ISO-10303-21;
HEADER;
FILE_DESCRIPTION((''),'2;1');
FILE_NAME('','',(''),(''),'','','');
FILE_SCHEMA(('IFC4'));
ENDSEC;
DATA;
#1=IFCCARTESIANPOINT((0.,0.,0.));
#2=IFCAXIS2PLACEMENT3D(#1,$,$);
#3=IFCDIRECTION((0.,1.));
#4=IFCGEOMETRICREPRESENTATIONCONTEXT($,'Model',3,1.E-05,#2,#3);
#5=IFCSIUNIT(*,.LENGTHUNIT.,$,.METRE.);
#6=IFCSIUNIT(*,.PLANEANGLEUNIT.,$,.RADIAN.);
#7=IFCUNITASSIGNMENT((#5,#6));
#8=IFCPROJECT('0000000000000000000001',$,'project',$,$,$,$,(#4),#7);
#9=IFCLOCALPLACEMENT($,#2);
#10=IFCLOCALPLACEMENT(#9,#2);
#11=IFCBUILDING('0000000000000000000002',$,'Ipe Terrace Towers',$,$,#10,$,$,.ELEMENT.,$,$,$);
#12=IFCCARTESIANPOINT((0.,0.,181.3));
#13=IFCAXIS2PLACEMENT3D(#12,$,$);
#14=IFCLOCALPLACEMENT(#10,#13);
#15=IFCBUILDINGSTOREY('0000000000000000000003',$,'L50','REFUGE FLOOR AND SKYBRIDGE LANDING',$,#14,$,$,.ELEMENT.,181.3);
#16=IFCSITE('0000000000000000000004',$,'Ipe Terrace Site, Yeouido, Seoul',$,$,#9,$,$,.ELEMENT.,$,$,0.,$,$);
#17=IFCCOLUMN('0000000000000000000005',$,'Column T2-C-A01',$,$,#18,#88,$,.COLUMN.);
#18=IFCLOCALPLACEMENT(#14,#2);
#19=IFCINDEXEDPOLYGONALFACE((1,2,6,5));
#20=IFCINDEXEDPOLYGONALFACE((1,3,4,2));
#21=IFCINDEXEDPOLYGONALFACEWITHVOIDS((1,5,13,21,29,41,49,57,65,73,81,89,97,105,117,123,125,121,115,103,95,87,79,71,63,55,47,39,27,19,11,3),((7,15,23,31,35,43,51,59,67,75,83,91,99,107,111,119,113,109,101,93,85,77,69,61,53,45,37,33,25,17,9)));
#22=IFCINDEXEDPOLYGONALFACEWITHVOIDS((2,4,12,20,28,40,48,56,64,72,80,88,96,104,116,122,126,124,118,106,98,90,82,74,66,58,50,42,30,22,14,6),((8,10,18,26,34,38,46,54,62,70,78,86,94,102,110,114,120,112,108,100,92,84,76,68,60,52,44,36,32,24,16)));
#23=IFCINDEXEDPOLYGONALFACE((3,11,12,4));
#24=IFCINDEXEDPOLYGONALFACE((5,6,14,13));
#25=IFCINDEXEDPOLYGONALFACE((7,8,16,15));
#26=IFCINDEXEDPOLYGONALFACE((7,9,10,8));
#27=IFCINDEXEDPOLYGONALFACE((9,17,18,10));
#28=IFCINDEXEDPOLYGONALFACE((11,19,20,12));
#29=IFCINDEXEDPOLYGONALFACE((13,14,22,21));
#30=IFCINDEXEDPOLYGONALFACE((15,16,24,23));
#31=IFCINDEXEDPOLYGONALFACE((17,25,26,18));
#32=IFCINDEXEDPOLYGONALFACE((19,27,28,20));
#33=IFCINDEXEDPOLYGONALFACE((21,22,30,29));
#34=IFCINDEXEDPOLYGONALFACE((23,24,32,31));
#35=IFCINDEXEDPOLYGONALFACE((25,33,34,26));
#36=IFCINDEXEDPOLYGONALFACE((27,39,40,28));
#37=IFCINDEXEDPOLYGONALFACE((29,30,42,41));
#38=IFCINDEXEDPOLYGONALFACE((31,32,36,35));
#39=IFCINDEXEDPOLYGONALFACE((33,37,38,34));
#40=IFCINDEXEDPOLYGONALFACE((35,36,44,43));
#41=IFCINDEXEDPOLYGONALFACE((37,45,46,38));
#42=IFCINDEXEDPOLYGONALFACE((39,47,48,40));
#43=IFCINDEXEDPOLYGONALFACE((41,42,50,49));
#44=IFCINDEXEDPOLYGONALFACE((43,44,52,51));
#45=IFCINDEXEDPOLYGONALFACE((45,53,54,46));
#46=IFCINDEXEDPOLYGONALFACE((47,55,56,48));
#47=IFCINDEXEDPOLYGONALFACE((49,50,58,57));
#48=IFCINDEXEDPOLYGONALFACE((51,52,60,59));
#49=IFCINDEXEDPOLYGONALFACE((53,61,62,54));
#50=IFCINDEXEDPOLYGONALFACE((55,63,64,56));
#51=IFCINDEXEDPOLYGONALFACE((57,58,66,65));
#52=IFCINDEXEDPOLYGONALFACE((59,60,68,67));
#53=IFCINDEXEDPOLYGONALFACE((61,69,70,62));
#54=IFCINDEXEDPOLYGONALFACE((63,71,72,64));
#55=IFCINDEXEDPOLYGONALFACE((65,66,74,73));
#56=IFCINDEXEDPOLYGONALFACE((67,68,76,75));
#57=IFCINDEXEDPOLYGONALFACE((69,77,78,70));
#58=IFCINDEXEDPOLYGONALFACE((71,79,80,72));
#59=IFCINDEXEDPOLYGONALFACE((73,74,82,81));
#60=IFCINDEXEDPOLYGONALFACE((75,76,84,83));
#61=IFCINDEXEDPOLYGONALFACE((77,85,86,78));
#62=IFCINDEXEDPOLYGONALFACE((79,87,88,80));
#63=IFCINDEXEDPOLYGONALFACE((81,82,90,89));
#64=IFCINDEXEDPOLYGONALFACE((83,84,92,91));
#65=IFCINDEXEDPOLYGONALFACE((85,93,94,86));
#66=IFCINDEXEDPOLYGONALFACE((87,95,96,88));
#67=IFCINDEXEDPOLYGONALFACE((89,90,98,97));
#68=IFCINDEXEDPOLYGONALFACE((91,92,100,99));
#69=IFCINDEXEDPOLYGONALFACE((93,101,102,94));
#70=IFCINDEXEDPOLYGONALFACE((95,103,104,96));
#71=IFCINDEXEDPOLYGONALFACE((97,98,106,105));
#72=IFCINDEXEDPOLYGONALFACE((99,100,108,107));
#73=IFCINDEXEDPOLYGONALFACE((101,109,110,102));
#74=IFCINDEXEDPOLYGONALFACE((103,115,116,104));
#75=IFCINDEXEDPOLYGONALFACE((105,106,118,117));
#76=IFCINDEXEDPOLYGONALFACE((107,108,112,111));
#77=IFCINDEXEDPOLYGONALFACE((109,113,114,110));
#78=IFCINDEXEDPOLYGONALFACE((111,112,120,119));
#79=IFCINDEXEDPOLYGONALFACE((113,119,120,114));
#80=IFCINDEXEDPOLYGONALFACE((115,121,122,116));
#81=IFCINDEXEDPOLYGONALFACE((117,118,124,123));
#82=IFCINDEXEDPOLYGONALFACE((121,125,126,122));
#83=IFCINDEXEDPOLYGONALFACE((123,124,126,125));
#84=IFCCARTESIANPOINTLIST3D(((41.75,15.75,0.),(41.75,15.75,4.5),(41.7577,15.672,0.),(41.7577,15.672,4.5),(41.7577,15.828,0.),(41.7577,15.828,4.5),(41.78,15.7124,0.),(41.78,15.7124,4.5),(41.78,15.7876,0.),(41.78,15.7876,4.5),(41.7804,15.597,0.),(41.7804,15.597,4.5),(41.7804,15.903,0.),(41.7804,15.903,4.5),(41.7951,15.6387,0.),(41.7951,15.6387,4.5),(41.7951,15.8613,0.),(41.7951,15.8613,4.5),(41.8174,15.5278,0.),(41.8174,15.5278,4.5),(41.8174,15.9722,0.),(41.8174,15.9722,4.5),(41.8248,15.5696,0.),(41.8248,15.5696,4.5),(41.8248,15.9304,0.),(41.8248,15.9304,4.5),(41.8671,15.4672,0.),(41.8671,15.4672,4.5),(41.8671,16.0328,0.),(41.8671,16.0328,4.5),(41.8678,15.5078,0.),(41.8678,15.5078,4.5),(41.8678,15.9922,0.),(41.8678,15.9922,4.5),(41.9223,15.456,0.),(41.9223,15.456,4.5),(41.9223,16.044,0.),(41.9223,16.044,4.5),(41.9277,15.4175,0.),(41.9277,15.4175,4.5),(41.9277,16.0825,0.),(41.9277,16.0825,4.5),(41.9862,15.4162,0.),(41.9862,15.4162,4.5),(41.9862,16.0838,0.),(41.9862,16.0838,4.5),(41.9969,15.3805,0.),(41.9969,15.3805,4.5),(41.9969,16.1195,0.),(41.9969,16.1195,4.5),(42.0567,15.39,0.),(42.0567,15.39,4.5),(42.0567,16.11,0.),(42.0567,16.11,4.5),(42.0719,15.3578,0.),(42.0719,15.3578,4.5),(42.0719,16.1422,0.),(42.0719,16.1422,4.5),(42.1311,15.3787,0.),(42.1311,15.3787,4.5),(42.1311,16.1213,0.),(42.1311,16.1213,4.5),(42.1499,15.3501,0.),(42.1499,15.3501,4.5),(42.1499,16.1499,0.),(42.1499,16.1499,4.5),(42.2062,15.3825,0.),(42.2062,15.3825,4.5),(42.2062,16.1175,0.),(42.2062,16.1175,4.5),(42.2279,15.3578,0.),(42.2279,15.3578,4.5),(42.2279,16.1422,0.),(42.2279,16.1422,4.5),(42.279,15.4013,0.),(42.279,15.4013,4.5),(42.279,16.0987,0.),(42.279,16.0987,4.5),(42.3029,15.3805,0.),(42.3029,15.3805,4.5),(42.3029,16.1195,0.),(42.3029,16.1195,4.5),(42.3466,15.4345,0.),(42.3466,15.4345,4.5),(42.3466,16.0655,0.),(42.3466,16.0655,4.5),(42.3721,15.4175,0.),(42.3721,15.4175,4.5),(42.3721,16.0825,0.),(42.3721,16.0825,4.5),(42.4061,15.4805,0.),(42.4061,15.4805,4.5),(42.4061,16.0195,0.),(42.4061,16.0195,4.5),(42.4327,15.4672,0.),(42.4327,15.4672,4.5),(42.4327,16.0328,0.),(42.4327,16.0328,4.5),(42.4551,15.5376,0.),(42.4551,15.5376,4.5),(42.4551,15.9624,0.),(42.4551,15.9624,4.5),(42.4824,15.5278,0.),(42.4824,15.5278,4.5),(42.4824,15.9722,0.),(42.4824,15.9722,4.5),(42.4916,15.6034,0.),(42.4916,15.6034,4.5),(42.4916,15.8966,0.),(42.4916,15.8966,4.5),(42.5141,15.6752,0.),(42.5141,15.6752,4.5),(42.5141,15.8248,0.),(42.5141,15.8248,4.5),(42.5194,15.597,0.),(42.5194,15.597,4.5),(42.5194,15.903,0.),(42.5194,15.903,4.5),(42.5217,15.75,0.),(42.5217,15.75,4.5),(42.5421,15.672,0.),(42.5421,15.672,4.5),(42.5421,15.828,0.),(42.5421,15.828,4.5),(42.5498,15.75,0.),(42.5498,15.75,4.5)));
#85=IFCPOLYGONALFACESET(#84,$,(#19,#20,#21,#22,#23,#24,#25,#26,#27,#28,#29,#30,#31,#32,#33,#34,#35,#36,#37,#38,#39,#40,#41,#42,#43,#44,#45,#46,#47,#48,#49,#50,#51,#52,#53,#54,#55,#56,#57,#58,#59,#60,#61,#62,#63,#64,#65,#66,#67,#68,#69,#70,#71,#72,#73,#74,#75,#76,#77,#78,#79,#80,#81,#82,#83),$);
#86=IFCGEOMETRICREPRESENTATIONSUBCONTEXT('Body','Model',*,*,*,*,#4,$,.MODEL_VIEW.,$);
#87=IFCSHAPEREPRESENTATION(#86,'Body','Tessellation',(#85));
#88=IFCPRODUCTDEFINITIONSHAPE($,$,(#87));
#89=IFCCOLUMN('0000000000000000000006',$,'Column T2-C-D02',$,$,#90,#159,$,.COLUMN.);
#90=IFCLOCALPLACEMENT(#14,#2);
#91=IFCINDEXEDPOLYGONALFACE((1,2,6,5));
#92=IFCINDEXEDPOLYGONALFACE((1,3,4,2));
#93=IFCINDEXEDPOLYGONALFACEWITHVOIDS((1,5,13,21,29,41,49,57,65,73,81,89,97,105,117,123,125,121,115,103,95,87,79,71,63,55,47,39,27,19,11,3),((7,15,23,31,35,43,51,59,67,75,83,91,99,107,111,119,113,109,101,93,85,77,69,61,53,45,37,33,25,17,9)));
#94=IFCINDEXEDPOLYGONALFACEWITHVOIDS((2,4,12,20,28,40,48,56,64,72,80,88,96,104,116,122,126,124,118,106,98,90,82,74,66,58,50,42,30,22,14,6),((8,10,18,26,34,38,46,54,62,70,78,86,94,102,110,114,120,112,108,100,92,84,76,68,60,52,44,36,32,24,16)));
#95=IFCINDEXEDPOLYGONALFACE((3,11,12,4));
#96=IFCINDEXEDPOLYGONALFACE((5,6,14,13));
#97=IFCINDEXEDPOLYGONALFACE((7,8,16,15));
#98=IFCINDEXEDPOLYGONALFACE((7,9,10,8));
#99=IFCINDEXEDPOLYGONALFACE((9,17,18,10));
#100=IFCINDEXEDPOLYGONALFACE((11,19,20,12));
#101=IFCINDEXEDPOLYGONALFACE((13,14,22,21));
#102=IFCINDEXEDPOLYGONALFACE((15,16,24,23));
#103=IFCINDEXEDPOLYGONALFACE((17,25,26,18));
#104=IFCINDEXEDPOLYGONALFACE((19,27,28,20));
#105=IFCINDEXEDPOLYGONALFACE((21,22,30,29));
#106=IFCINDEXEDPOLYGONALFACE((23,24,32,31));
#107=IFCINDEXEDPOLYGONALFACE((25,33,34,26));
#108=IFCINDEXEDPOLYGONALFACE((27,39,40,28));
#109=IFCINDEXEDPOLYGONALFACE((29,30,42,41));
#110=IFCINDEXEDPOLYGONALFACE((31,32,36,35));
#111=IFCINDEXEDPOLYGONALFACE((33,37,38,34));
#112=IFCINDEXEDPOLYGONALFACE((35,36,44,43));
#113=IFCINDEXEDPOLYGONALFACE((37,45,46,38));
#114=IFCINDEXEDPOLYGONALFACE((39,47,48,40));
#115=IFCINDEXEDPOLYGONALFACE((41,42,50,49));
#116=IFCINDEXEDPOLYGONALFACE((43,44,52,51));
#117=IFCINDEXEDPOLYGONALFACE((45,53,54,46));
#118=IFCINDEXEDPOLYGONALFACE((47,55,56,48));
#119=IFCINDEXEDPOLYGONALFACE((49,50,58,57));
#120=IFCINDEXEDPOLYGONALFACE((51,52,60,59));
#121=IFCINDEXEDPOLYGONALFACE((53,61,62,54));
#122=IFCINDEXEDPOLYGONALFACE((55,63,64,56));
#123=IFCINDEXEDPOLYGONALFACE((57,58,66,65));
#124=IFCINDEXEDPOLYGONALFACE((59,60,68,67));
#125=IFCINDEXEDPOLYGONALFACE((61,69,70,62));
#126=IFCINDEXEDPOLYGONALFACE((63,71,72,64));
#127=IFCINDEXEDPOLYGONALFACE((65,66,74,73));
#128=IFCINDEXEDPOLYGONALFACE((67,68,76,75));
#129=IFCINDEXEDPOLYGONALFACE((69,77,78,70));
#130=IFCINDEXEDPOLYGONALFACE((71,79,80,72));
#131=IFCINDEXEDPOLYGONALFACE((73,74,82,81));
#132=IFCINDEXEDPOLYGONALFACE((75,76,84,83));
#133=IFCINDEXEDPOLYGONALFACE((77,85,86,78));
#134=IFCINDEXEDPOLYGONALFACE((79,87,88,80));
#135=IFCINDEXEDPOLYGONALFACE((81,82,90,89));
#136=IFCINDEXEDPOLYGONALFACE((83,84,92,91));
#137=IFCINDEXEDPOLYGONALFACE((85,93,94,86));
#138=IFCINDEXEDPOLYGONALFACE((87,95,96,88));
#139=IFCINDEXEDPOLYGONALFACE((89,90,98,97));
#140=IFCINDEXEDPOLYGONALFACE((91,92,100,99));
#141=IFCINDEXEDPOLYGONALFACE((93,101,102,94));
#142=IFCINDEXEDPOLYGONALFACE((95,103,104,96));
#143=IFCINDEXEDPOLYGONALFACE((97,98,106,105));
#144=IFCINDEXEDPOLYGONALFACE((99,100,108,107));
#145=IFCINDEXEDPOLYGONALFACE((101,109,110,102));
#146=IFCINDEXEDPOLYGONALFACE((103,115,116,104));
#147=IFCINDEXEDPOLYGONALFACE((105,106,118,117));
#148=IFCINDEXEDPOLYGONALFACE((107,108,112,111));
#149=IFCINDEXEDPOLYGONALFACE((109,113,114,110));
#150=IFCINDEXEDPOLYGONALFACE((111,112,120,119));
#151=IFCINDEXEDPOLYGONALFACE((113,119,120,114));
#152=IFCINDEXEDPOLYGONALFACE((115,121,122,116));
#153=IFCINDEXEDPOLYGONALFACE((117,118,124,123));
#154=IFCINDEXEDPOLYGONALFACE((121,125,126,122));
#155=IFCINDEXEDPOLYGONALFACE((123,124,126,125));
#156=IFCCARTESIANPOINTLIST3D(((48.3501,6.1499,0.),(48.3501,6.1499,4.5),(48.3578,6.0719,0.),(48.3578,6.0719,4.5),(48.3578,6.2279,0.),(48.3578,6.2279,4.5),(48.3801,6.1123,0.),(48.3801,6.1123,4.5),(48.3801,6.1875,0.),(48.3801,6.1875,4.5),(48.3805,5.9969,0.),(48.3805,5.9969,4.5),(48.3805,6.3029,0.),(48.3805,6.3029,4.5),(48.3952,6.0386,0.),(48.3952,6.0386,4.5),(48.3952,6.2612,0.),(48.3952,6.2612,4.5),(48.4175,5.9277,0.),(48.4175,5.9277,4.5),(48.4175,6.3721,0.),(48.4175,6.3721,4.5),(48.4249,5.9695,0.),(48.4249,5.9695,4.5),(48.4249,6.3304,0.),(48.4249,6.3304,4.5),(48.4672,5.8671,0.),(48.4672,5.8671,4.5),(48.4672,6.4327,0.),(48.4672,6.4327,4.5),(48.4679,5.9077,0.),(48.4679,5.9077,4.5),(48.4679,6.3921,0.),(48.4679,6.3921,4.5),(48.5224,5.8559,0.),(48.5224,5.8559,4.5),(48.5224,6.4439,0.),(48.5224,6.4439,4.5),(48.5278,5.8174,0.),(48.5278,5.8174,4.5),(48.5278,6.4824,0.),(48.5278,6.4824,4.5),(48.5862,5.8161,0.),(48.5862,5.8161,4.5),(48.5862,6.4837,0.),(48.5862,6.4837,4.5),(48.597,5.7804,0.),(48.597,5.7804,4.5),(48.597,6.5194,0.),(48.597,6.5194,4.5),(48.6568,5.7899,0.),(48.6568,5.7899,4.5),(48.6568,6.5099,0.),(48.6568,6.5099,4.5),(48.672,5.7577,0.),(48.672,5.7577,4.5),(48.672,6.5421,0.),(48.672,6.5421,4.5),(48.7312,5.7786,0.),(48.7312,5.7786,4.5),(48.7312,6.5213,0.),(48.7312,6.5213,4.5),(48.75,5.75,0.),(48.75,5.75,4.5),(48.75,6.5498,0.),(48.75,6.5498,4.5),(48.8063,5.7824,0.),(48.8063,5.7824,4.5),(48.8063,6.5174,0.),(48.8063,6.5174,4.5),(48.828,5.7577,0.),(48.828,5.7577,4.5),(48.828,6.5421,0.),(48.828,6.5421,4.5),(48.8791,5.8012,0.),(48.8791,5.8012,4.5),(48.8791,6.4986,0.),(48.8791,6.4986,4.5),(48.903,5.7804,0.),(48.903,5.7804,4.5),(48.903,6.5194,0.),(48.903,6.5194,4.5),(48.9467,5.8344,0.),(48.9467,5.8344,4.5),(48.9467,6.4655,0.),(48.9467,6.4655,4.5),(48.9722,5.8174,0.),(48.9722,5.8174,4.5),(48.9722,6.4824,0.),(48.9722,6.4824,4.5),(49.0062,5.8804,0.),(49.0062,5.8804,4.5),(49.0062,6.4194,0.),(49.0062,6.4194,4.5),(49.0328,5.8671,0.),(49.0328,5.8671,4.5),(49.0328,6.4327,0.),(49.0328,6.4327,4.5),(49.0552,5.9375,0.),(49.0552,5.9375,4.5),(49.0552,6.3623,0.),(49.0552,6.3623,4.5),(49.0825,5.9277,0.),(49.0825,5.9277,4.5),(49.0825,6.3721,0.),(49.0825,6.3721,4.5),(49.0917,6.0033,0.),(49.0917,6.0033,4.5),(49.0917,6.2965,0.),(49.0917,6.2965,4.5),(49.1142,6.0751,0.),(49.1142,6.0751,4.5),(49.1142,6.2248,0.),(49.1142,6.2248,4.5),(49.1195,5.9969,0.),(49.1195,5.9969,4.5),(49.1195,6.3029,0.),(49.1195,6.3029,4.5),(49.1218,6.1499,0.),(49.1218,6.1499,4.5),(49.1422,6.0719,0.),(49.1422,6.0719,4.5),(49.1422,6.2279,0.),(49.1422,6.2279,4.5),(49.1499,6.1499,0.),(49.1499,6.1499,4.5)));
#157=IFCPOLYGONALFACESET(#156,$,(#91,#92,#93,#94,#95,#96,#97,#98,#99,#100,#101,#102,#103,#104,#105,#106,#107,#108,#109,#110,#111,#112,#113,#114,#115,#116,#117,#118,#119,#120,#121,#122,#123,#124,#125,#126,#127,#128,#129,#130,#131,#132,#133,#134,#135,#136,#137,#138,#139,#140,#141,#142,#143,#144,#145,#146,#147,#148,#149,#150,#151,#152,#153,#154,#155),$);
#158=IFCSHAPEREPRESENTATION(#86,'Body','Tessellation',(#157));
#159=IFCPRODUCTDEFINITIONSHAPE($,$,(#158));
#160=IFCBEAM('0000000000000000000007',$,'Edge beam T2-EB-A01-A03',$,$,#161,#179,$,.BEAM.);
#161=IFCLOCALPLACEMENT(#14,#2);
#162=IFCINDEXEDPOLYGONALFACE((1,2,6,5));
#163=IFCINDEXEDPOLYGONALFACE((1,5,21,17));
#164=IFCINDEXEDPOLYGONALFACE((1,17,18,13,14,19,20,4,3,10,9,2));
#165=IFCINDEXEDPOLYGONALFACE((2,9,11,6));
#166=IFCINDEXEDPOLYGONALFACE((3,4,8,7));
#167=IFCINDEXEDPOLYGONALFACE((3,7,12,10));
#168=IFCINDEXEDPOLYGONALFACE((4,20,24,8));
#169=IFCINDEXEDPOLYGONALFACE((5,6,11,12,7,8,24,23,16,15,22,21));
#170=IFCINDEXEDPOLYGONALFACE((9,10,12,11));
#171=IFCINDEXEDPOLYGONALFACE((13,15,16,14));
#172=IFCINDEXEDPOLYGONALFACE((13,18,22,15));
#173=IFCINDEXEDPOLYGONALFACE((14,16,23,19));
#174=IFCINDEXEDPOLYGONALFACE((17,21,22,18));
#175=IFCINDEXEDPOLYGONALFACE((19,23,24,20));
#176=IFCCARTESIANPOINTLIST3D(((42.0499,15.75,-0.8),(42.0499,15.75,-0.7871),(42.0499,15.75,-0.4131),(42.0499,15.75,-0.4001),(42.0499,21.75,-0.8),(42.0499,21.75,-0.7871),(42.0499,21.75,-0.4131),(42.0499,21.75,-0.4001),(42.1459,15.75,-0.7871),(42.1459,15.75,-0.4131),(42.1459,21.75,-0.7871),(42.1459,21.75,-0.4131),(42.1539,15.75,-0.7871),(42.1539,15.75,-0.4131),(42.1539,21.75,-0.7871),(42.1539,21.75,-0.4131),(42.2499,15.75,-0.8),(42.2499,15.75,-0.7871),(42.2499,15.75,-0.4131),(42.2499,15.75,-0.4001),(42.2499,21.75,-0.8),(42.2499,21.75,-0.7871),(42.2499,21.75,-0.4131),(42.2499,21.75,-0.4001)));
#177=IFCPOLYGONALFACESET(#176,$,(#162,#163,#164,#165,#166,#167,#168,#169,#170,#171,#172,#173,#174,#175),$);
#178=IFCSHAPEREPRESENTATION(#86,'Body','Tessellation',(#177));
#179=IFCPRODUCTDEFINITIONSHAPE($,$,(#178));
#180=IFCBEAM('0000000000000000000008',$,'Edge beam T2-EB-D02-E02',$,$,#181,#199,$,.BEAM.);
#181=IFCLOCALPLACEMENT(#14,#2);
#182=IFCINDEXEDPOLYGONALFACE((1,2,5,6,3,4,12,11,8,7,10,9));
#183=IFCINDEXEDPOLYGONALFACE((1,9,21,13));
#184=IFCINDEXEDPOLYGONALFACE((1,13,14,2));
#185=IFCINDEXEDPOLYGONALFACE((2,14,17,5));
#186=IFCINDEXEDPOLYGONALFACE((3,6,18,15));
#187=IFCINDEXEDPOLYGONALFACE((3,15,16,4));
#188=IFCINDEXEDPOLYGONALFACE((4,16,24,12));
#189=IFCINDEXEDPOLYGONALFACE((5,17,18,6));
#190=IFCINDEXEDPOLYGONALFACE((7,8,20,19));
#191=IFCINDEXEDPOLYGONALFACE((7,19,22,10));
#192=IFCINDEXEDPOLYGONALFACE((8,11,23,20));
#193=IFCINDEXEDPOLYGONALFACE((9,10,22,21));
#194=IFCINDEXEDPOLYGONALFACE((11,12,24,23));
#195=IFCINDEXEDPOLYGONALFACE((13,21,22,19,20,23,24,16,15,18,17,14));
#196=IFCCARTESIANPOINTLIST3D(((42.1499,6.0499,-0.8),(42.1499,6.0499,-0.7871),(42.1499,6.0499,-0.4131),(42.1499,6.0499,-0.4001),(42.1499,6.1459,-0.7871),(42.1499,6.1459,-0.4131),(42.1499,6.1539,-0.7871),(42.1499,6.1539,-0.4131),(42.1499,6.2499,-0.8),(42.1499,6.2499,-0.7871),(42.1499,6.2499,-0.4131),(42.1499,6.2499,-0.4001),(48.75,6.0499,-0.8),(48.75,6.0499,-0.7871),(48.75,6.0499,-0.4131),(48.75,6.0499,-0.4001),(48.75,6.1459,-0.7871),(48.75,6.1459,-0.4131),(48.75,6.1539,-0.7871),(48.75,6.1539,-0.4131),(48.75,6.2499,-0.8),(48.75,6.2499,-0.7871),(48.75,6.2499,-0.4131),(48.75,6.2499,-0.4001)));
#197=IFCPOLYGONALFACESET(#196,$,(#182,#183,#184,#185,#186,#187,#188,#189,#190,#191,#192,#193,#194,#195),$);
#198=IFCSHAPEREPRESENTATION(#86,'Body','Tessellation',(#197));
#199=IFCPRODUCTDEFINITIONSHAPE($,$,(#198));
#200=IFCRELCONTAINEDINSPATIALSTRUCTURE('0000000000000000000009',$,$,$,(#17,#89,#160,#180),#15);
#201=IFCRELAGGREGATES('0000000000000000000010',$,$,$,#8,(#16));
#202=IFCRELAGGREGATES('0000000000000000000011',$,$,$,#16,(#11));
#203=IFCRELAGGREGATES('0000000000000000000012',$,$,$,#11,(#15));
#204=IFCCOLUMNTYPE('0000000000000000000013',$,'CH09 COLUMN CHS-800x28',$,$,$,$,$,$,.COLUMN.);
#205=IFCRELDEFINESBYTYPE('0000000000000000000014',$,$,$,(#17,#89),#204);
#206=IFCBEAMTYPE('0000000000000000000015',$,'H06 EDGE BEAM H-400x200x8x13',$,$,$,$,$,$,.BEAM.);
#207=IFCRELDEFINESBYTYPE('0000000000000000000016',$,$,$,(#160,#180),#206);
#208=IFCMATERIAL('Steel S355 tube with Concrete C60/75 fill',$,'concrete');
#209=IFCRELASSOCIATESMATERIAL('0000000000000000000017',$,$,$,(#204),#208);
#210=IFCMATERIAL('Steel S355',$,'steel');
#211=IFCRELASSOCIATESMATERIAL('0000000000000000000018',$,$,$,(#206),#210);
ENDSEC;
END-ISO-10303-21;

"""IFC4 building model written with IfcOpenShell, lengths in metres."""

from ifc_helpers import new_model, si_unit, direction, frame, origin, origin_2d, place, context, subcontext, project, spatial, hollow_circle, i_section, extrude, material, material_profile, profile_set, type_object, element, save


model = new_model("IFC4")

# Units and contexts
model_context = context("Model", 3, precision=1e-05, world=origin(), true_north=direction((0.0, 1.0)))
body_context = subcontext(model_context, "Body", "Model", "MODEL_VIEW")
ifc_project = project(units=[si_unit("LENGTHUNIT", "METRE"), si_unit("PLANEANGLEUNIT", "RADIAN")], contexts=[model_context])

# Site, building, storey
site_placement = place(None, origin())
site = spatial("IfcSite", under=ifc_project, at=site_placement, Name="Ipe Terrace Site, Yeouido, Seoul", CompositionType="ELEMENT", RefElevation=0.0)
building_placement = place(site_placement, origin())
building = spatial("IfcBuilding", under=site, at=building_placement, Name="Ipe Terrace Towers", CompositionType="ELEMENT")
storey_placement = place(building_placement, frame((0.0, 0.0, 181.3)))
storey = spatial("IfcBuildingStorey", under=building, at=storey_placement, Name="L50", Description="REFUGE FLOOR AND SKYBRIDGE LANDING", CompositionType="ELEMENT", Elevation=181.3)

# Columns
ifc_material_1 = material(Name="Steel S355 tube with Concrete C60/75 fill", Category="concrete")
ifc_material_profile_1 = material_profile(ifc_material_1, hollow_circle(Radius=0.3999, WallThickness=0.0281, at=origin_2d()), Name="CHS-800x28")
ifc_profile_set_1 = profile_set([ifc_material_profile_1], Name="Steel S355 tube with Concrete C60/75 fill")
column_type = type_object("IfcColumnType", Name="CH09 COLUMN CHS-800x28", PredefinedType="COLUMN", material=ifc_profile_set_1)
for number, where, z_axis, x_axis, name in (
    (1, (42.1499, 15.75, 0.0), (0.0, 0.0, 1.0), (1.0, 0.0, 0.0), "Column T2-C-A01"),
    (2, (48.75, 6.1499, 0.0), (0.0, 0.0, 1.0), (1.0, 0.0, 0.0), "Column T2-C-D02"),
):
    element("IfcColumn", number, at=place(storey_placement, frame(where, z_axis=z_axis, x_axis=x_axis)), inside=storey, type_object=column_type, Name=name, PredefinedType="COLUMN", context=body_context, shape_type="SweptSolid", body=[
        extrude(hollow_circle(Radius=0.3999, WallThickness=0.0281, at=origin_2d()), origin(), (0.0, 0.0, 1.0), 4.5),
    ])

# Beams
ifc_material_2 = material(Name="Steel S355", Category="steel")
ifc_material_profile_2 = material_profile(ifc_material_2, i_section(OverallWidth=0.2, OverallDepth=0.3999, WebThickness=0.0081, FlangeThickness=0.0129, at=origin_2d()), Name="H-400x200x8x13")
ifc_profile_set_2 = profile_set([ifc_material_profile_2], Name="Steel S355")
beam_type = type_object("IfcBeamType", Name="H06 EDGE BEAM H-400x200x8x13", PredefinedType="BEAM", material=ifc_profile_set_2)
beam_1_placement = place(storey_placement, frame((42.1499, 15.75, -0.6001), z_axis=(0.0, 1.0, 0.0), x_axis=(-1.0, 0.0, 0.0)))
element("IfcBeam", 3, at=beam_1_placement, inside=storey, type_object=beam_type, Name="Edge beam T2-EB-A01-A03", PredefinedType="BEAM", context=body_context, shape_type="SweptSolid", body=[
    extrude(i_section(OverallWidth=0.2, OverallDepth=0.3999, WebThickness=0.0081, FlangeThickness=0.0129, at=origin_2d()), origin(), (0.0, 0.0, 1.0), 6.0),
])
beam_2_placement = place(storey_placement, frame((48.75, 6.1499, -0.6001), z_axis=(-1.0, 0.0, 0.0), x_axis=(0.0, -1.0, 0.0)))
element("IfcBeam", 4, at=beam_2_placement, inside=storey, type_object=beam_type, Name="Edge beam T2-EB-D02-E02", PredefinedType="BEAM", context=body_context, shape_type="SweptSolid", body=[
    extrude(i_section(OverallWidth=0.2, OverallDepth=0.3999, WebThickness=0.0081, FlangeThickness=0.0129, at=origin_2d()), origin(), (0.0, 0.0, 1.0), 6.6001),
])

save(model, "model.ifc")
